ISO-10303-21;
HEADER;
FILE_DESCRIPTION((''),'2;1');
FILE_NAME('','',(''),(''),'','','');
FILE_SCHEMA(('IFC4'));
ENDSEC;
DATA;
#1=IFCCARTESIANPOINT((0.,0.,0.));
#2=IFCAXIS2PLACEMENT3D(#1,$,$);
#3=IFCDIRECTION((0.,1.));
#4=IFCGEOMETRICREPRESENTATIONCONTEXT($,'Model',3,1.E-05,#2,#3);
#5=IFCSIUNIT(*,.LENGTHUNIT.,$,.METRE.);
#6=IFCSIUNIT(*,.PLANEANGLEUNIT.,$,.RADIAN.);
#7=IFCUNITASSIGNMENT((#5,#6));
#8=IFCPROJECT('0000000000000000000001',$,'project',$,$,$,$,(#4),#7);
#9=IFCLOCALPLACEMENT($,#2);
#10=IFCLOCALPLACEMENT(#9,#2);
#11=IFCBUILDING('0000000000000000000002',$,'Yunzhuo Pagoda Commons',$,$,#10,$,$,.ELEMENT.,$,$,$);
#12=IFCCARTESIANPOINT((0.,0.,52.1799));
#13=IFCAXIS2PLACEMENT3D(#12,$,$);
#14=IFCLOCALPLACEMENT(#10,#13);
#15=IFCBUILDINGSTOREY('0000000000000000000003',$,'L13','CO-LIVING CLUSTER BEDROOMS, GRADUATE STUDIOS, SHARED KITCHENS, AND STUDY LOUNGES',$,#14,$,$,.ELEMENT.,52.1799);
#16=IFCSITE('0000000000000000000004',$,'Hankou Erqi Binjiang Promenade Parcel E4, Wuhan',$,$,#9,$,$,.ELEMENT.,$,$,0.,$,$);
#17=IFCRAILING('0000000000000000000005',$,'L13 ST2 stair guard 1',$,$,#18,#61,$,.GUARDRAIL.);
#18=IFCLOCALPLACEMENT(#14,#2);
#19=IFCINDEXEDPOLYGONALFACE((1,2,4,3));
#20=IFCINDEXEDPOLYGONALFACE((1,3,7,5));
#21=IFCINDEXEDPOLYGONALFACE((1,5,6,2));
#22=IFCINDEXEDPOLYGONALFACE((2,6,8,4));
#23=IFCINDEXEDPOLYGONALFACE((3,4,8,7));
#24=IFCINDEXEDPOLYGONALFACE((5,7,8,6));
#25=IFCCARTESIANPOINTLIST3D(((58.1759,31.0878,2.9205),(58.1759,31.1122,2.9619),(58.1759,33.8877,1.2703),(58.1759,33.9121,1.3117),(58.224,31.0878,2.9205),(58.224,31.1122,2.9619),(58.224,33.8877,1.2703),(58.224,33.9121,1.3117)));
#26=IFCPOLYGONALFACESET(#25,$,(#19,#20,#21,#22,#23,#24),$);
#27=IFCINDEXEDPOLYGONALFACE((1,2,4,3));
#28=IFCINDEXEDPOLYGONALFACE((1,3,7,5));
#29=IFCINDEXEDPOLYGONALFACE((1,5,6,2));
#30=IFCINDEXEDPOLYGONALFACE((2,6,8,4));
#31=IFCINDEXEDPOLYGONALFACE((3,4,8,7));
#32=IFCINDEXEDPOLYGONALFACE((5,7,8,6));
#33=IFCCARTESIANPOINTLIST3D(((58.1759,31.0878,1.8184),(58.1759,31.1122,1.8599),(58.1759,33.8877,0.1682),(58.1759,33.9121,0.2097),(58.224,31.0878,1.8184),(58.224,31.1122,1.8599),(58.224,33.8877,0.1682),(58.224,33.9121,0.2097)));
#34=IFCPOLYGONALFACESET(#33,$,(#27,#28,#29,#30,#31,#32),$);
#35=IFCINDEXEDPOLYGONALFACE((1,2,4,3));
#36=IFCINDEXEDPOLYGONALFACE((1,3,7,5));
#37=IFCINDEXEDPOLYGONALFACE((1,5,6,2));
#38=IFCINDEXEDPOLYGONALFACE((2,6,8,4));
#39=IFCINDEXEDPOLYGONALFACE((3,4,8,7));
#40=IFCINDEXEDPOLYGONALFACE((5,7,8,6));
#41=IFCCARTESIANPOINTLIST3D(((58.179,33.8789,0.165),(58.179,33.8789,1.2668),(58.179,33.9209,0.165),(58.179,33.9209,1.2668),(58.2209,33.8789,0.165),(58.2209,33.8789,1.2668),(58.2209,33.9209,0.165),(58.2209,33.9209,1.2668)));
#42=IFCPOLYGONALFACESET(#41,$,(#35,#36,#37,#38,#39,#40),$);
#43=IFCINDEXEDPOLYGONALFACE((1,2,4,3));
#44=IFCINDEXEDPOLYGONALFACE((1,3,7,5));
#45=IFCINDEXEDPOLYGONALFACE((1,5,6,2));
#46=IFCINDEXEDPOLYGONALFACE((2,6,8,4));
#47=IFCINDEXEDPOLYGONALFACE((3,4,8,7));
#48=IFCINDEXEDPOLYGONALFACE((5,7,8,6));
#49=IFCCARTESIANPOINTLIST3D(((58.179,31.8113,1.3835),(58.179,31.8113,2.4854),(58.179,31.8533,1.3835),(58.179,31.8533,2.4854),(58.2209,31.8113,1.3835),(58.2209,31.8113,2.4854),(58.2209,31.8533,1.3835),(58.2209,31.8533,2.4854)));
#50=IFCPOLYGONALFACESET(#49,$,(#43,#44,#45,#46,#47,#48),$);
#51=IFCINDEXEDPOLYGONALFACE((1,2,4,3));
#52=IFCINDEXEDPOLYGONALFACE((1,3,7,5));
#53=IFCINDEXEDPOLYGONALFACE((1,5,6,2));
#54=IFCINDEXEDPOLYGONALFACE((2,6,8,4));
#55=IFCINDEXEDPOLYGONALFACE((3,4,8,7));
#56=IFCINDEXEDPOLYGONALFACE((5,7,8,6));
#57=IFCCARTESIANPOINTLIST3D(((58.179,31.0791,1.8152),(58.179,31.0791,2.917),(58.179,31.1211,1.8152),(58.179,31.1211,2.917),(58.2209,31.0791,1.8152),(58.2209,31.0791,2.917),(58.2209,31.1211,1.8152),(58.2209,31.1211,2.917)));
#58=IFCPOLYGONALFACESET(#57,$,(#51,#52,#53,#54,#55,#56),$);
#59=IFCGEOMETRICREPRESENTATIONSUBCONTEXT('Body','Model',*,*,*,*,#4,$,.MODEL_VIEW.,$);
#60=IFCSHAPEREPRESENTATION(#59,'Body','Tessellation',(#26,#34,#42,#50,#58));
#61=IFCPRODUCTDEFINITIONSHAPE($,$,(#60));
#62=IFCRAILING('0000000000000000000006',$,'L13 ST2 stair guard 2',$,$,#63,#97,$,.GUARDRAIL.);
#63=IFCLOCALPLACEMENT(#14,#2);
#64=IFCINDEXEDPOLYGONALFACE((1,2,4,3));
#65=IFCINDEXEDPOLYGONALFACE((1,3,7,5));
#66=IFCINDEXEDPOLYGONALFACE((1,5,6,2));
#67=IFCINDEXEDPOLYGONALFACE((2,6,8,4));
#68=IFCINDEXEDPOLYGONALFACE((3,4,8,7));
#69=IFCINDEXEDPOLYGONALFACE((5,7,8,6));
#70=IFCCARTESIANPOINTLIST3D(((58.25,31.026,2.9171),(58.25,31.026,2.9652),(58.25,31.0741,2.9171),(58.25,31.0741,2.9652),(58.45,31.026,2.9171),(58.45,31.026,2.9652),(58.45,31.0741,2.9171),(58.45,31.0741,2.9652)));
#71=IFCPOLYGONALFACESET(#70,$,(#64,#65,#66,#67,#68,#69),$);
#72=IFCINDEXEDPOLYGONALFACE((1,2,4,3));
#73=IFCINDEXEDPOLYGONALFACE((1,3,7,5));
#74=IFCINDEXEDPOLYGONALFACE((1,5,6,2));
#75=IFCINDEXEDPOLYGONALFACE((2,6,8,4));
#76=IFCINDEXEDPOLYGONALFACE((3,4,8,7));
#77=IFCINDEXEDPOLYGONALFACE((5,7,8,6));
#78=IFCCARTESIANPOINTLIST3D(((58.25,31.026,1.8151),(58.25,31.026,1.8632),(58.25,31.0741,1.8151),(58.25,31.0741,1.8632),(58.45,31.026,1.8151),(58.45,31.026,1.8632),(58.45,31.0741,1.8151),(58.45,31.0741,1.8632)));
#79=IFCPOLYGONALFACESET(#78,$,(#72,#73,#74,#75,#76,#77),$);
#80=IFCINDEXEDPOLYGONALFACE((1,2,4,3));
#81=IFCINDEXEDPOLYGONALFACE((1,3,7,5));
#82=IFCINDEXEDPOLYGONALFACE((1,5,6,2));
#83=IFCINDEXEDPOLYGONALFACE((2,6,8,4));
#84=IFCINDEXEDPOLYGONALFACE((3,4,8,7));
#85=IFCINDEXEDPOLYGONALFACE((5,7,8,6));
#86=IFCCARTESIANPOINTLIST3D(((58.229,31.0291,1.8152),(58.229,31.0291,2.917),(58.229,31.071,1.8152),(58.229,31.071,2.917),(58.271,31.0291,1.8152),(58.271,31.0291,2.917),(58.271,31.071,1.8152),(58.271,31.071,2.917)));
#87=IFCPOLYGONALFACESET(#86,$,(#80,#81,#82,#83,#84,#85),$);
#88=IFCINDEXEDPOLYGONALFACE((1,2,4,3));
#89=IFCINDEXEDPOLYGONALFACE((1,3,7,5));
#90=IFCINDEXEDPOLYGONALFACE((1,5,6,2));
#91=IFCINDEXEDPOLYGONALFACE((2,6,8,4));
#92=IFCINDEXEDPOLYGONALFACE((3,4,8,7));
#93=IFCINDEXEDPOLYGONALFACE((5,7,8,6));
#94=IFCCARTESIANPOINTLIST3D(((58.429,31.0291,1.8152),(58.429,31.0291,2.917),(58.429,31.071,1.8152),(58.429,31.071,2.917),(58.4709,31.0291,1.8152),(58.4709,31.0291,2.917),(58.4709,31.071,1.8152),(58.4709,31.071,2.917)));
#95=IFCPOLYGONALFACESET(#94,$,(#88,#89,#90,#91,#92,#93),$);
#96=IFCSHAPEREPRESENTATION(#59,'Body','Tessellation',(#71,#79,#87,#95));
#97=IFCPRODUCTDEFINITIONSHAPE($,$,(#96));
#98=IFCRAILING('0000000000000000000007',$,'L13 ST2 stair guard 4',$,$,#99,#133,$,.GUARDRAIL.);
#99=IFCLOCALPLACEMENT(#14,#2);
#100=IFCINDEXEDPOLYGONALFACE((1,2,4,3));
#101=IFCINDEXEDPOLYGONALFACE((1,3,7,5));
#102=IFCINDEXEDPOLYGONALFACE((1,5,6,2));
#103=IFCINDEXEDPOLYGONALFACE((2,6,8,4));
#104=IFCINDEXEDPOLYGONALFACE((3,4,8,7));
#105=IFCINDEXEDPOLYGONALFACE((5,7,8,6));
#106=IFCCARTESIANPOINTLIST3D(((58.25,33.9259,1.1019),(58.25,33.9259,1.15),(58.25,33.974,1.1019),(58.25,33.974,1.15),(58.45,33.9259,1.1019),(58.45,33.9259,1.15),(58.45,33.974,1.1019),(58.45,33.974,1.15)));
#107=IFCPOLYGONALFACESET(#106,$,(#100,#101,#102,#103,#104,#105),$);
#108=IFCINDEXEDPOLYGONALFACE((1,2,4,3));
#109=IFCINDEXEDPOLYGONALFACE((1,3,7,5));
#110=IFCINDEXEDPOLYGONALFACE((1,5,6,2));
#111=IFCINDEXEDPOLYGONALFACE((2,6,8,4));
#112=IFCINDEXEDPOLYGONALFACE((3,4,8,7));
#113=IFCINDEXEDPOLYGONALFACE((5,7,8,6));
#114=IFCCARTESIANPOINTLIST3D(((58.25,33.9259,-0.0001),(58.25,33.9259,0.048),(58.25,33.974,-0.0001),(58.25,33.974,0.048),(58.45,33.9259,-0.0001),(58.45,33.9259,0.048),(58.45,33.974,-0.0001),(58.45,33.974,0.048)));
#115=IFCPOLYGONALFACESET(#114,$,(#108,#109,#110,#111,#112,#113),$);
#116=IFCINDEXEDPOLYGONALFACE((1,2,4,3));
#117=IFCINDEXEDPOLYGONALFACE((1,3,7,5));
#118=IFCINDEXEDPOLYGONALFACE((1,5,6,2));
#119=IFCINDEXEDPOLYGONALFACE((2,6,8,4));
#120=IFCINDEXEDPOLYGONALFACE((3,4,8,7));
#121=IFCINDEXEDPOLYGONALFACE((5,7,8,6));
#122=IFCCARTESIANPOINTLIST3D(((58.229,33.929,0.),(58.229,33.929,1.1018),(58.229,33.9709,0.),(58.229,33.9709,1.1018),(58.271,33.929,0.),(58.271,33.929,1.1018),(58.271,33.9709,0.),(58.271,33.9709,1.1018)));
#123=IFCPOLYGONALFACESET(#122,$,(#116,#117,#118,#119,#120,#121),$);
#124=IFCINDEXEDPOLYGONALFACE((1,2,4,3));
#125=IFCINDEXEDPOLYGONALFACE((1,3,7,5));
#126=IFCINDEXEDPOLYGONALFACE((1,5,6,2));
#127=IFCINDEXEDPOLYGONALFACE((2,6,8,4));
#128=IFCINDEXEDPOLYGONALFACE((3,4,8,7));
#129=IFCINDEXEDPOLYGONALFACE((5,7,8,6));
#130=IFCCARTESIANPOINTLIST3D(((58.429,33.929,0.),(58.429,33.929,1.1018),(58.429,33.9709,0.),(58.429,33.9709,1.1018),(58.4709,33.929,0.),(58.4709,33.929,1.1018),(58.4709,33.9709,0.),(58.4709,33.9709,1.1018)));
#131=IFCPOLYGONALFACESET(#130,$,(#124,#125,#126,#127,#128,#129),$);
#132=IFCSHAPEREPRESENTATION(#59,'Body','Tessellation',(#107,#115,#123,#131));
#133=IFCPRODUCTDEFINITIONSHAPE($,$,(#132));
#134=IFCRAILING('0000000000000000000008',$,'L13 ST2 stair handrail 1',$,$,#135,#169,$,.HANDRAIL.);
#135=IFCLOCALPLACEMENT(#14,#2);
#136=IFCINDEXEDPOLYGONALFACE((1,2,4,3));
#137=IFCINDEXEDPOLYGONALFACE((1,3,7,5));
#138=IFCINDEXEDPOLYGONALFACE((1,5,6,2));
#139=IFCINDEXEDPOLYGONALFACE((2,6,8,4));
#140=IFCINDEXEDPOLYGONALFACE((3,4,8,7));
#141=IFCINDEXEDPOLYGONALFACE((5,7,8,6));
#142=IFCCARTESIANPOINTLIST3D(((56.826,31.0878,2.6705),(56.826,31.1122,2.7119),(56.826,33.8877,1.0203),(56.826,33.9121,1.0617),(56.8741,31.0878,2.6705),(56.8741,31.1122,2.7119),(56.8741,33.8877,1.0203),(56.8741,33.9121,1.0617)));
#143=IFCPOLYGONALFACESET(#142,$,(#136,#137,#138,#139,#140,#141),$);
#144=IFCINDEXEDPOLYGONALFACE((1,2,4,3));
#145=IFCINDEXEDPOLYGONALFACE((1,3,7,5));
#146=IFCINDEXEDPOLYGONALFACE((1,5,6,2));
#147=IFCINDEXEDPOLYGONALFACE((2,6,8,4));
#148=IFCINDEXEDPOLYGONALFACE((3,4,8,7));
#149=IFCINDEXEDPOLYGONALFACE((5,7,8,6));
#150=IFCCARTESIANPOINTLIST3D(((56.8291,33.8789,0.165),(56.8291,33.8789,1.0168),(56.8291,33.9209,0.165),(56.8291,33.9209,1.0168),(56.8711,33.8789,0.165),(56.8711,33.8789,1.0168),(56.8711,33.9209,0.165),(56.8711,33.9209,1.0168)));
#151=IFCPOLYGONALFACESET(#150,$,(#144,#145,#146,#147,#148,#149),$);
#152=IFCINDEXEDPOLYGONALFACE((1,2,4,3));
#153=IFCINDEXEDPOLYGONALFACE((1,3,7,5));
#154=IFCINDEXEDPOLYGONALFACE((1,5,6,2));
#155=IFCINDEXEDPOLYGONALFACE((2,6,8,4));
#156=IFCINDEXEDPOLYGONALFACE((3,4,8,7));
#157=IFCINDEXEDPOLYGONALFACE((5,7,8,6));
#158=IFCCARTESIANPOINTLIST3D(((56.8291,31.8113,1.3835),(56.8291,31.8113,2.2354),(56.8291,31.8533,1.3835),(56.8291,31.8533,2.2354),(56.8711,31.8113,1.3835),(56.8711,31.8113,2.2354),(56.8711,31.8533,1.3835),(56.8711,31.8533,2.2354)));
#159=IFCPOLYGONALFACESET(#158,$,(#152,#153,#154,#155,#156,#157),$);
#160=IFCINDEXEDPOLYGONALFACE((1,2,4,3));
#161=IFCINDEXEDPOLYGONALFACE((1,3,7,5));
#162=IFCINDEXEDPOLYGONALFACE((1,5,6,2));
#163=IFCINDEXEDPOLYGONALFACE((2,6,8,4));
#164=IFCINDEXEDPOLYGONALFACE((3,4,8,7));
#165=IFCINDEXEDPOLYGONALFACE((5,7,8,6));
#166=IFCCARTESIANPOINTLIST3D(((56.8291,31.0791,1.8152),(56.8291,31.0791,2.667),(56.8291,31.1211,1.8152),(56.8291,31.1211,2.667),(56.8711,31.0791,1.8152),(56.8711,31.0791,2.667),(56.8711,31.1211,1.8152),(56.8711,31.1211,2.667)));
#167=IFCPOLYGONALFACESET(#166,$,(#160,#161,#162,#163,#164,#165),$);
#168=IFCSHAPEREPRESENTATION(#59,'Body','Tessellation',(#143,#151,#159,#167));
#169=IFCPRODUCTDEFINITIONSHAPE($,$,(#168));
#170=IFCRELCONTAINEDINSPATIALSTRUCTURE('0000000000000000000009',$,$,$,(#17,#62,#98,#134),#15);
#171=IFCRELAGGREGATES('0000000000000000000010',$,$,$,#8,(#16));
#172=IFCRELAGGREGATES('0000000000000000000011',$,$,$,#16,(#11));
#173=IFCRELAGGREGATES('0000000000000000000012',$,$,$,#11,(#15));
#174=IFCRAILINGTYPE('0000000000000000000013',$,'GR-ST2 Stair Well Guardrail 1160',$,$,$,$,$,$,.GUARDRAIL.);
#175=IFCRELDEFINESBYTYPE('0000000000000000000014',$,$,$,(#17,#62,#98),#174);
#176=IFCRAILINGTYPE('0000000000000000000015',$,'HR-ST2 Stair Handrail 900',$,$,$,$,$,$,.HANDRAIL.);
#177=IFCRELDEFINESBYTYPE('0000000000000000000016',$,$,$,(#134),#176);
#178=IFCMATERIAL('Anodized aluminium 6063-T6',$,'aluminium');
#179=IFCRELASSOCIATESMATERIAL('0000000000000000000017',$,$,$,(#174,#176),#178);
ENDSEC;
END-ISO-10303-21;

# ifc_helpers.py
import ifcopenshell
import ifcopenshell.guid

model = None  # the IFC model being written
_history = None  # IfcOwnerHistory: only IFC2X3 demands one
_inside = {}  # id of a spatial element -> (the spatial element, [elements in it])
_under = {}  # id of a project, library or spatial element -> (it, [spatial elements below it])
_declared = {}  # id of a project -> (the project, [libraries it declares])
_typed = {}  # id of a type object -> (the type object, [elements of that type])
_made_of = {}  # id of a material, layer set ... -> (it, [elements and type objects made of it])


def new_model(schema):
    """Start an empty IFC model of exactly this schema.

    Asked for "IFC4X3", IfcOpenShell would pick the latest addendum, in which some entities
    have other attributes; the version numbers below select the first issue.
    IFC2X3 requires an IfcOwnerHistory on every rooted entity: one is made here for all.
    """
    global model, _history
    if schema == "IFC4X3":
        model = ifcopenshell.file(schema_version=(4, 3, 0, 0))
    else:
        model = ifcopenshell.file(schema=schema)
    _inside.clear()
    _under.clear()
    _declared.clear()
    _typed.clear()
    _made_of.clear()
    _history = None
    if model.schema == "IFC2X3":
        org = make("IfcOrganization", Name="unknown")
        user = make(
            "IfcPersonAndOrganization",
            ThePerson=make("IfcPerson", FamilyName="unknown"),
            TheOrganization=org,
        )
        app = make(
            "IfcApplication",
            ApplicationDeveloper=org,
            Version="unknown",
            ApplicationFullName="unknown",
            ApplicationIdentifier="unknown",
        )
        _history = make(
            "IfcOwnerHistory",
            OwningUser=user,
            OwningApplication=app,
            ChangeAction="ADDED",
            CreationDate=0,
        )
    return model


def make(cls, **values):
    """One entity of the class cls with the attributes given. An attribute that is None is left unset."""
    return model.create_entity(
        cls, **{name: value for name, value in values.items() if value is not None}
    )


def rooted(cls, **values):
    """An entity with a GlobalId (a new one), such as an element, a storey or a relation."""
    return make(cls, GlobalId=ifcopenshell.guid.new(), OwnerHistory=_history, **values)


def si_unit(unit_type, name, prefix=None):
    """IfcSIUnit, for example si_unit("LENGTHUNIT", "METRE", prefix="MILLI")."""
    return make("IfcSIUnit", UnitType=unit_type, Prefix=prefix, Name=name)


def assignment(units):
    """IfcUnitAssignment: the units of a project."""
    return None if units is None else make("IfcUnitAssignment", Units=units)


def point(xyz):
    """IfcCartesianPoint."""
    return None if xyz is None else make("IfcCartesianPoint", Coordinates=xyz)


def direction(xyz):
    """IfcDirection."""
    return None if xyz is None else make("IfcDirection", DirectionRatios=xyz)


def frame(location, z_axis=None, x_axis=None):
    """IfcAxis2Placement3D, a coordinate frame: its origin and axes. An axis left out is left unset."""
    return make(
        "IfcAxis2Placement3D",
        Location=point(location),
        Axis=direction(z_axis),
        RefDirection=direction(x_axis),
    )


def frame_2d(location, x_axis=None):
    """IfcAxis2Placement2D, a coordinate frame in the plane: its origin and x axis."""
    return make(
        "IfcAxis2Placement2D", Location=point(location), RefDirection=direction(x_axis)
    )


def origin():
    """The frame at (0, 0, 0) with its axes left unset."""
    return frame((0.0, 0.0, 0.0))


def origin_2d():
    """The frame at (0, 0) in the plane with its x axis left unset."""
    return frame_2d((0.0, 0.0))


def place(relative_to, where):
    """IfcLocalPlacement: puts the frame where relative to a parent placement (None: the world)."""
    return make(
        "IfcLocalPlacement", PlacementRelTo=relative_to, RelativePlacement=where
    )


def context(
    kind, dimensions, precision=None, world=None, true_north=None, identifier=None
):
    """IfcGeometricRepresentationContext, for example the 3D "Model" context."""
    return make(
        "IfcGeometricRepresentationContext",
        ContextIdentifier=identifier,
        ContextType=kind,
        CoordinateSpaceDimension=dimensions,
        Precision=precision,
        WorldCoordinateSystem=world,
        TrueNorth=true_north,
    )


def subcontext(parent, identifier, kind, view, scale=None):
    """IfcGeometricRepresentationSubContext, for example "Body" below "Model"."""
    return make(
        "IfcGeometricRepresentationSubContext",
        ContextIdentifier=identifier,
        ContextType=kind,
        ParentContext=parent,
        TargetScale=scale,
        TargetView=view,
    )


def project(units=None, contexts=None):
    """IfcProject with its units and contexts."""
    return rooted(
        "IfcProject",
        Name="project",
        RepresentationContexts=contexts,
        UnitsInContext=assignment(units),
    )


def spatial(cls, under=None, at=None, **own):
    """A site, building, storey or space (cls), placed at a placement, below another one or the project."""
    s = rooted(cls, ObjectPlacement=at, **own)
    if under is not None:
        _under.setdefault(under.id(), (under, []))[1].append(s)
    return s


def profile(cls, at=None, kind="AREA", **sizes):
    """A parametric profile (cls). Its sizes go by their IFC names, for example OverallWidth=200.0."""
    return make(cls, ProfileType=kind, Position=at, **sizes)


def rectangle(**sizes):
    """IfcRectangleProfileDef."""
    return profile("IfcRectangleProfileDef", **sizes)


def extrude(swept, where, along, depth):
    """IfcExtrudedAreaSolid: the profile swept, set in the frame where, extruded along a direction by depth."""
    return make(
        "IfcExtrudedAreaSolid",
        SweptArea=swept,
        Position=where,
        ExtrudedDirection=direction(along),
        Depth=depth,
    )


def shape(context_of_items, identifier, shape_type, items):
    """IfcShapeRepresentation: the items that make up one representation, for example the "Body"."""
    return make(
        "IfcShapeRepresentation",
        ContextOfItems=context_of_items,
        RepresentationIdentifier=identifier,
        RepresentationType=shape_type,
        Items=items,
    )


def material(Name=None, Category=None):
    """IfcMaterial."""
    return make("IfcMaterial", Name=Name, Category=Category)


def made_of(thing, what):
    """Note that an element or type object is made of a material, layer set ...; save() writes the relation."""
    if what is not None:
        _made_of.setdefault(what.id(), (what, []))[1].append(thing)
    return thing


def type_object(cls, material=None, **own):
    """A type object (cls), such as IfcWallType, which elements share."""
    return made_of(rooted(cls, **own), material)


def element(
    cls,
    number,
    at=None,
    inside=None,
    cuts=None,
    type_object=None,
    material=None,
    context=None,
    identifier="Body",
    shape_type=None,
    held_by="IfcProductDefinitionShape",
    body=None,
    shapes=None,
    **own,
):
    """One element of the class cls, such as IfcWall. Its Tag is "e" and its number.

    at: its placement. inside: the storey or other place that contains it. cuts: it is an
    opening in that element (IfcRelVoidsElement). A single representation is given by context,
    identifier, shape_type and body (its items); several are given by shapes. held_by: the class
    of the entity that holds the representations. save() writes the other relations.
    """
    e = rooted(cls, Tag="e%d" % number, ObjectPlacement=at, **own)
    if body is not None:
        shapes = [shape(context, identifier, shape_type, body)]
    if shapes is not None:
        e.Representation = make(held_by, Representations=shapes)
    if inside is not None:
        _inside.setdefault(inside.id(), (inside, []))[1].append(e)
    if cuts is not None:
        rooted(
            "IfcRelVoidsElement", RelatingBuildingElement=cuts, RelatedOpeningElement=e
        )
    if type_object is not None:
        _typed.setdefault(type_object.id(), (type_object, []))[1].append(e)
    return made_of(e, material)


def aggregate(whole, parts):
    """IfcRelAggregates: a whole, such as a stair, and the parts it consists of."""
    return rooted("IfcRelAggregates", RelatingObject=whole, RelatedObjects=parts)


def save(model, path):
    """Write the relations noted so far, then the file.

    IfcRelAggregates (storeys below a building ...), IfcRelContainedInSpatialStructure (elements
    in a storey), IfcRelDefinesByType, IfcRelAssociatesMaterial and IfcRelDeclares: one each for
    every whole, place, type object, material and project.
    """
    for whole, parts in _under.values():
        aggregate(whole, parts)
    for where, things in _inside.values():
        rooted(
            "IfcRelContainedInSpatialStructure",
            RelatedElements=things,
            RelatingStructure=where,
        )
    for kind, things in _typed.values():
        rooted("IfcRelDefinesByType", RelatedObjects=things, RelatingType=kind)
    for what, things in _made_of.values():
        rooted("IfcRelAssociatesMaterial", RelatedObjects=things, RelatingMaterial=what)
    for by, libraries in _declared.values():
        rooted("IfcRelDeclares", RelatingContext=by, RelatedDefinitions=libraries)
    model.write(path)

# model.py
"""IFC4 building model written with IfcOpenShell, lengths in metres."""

from ifc_helpers import new_model, si_unit, direction, frame, origin, origin_2d, place, context, subcontext, project, spatial, rectangle, extrude, material, type_object, element, save


model = new_model("IFC4")

# Units and contexts
model_context = context("Model", 3, precision=1e-05, world=origin(), true_north=direction((0.0, 1.0)))
body_context = subcontext(model_context, "Body", "Model", "MODEL_VIEW")
ifc_project = project(units=[si_unit("LENGTHUNIT", "METRE"), si_unit("PLANEANGLEUNIT", "RADIAN")], contexts=[model_context])

# Site, building, storey
site_placement = place(None, origin())
site = spatial("IfcSite", under=ifc_project, at=site_placement, Name="Hankou Erqi Binjiang Promenade Parcel E4, Wuhan", CompositionType="ELEMENT", RefElevation=0.0)
building_placement = place(site_placement, origin())
building = spatial("IfcBuilding", under=site, at=building_placement, Name="Yunzhuo Pagoda Commons", CompositionType="ELEMENT")
storey_placement = place(building_placement, frame((0.0, 0.0, 52.1799)))
storey = spatial("IfcBuildingStorey", under=building, at=storey_placement, Name="L13", Description="CO-LIVING CLUSTER BEDROOMS, GRADUATE STUDIOS, SHARED KITCHENS, AND STUDY LOUNGES", CompositionType="ELEMENT", Elevation=52.1799)

# Railings
ifc_material_1 = material(Name="Anodized aluminium 6063-T6", Category="aluminium")
railing_type_1 = type_object("IfcRailingType", Name="GR-ST2 Stair Well Guardrail 1160", PredefinedType="GUARDRAIL", material=ifc_material_1)
railing_1_placement = place(storey_placement, frame((58.2, 33.8999, 0.165)))
element("IfcRailing", 1, at=railing_1_placement, inside=storey, type_object=railing_type_1, Name="L13 ST2 stair guard 1", PredefinedType="GUARDRAIL", context=body_context, shape_type="SweptSolid", body=[
    extrude(rectangle(XDim=0.0481, YDim=0.0481, at=origin_2d()), frame((0.0, 0.0, 1.126), z_axis=(0.0, -0.861503, 0.507752), x_axis=(1.0, 0.0, 0.0)), (0.0, 0.0, 1.0), 3.25),
    extrude(rectangle(XDim=0.0481, YDim=0.0481, at=origin_2d()), frame((0.0, 0.0, 0.0239), z_axis=(0.0, -0.861503, 0.507752), x_axis=(1.0, 0.0, 0.0)), (0.0, 0.0, 1.0), 3.25),
    extrude(rectangle(XDim=0.042, YDim=0.042, at=origin_2d()), origin(), (0.0, 0.0, 1.0), 1.1018),
    extrude(rectangle(XDim=0.042, YDim=0.042, at=origin_2d()), frame((0.0, -2.0676, 1.2185)), (0.0, 0.0, 1.0), 1.1018),
    extrude(rectangle(XDim=0.042, YDim=0.042, at=origin_2d()), frame((0.0, -2.7998, 1.6501)), (0.0, 0.0, 1.0), 1.1018),
])
for number, where, name in (
    (2, (58.25, 31.05, 1.8152), "L13 ST2 stair guard 2"),
    (3, (58.25, 33.95, 0.0), "L13 ST2 stair guard 4"),
):
    element("IfcRailing", number, at=place(storey_placement, frame(where)), inside=storey, type_object=railing_type_1, Name=name, PredefinedType="GUARDRAIL", context=body_context, shape_type="SweptSolid", body=[
        extrude(rectangle(XDim=0.0481, YDim=0.0481, at=origin_2d()), frame((0.0, 0.0, 1.126), z_axis=(1.0, 0.0, 0.0), x_axis=(0.0, 1.0, 0.0)), (0.0, 0.0, 1.0), 0.2),
        extrude(rectangle(XDim=0.0481, YDim=0.0481, at=origin_2d()), frame((0.0, 0.0, 0.0239), z_axis=(1.0, 0.0, 0.0), x_axis=(0.0, 1.0, 0.0)), (0.0, 0.0, 1.0), 0.2),
        extrude(rectangle(XDim=0.042, YDim=0.042, at=origin_2d()), origin(), (0.0, 0.0, 1.0), 1.1018),
        extrude(rectangle(XDim=0.042, YDim=0.042, at=origin_2d()), frame((0.2, 0.0, 0.0)), (0.0, 0.0, 1.0), 1.1018),
    ])
railing_type_2 = type_object("IfcRailingType", Name="HR-ST2 Stair Handrail 900", PredefinedType="HANDRAIL", material=ifc_material_1)
railing_2_placement = place(storey_placement, frame((56.8501, 33.8999, 0.165)))
element("IfcRailing", 4, at=railing_2_placement, inside=storey, type_object=railing_type_2, Name="L13 ST2 stair handrail 1", PredefinedType="HANDRAIL", context=body_context, shape_type="SweptSolid", body=[
    extrude(rectangle(XDim=0.0481, YDim=0.0481, at=origin_2d()), frame((0.0, 0.0, 0.876), z_axis=(0.0, -0.861503, 0.507752), x_axis=(1.0, 0.0, 0.0)), (0.0, 0.0, 1.0), 3.25),
    extrude(rectangle(XDim=0.042, YDim=0.042, at=origin_2d()), origin(), (0.0, 0.0, 1.0), 0.8518),
    extrude(rectangle(XDim=0.042, YDim=0.042, at=origin_2d()), frame((0.0, -2.0676, 1.2185)), (0.0, 0.0, 1.0), 0.8518),
    extrude(rectangle(XDim=0.042, YDim=0.042, at=origin_2d()), frame((0.0, -2.7998, 1.6501)), (0.0, 0.0, 1.0), 0.8518),
])

save(model, "model.ifc")
